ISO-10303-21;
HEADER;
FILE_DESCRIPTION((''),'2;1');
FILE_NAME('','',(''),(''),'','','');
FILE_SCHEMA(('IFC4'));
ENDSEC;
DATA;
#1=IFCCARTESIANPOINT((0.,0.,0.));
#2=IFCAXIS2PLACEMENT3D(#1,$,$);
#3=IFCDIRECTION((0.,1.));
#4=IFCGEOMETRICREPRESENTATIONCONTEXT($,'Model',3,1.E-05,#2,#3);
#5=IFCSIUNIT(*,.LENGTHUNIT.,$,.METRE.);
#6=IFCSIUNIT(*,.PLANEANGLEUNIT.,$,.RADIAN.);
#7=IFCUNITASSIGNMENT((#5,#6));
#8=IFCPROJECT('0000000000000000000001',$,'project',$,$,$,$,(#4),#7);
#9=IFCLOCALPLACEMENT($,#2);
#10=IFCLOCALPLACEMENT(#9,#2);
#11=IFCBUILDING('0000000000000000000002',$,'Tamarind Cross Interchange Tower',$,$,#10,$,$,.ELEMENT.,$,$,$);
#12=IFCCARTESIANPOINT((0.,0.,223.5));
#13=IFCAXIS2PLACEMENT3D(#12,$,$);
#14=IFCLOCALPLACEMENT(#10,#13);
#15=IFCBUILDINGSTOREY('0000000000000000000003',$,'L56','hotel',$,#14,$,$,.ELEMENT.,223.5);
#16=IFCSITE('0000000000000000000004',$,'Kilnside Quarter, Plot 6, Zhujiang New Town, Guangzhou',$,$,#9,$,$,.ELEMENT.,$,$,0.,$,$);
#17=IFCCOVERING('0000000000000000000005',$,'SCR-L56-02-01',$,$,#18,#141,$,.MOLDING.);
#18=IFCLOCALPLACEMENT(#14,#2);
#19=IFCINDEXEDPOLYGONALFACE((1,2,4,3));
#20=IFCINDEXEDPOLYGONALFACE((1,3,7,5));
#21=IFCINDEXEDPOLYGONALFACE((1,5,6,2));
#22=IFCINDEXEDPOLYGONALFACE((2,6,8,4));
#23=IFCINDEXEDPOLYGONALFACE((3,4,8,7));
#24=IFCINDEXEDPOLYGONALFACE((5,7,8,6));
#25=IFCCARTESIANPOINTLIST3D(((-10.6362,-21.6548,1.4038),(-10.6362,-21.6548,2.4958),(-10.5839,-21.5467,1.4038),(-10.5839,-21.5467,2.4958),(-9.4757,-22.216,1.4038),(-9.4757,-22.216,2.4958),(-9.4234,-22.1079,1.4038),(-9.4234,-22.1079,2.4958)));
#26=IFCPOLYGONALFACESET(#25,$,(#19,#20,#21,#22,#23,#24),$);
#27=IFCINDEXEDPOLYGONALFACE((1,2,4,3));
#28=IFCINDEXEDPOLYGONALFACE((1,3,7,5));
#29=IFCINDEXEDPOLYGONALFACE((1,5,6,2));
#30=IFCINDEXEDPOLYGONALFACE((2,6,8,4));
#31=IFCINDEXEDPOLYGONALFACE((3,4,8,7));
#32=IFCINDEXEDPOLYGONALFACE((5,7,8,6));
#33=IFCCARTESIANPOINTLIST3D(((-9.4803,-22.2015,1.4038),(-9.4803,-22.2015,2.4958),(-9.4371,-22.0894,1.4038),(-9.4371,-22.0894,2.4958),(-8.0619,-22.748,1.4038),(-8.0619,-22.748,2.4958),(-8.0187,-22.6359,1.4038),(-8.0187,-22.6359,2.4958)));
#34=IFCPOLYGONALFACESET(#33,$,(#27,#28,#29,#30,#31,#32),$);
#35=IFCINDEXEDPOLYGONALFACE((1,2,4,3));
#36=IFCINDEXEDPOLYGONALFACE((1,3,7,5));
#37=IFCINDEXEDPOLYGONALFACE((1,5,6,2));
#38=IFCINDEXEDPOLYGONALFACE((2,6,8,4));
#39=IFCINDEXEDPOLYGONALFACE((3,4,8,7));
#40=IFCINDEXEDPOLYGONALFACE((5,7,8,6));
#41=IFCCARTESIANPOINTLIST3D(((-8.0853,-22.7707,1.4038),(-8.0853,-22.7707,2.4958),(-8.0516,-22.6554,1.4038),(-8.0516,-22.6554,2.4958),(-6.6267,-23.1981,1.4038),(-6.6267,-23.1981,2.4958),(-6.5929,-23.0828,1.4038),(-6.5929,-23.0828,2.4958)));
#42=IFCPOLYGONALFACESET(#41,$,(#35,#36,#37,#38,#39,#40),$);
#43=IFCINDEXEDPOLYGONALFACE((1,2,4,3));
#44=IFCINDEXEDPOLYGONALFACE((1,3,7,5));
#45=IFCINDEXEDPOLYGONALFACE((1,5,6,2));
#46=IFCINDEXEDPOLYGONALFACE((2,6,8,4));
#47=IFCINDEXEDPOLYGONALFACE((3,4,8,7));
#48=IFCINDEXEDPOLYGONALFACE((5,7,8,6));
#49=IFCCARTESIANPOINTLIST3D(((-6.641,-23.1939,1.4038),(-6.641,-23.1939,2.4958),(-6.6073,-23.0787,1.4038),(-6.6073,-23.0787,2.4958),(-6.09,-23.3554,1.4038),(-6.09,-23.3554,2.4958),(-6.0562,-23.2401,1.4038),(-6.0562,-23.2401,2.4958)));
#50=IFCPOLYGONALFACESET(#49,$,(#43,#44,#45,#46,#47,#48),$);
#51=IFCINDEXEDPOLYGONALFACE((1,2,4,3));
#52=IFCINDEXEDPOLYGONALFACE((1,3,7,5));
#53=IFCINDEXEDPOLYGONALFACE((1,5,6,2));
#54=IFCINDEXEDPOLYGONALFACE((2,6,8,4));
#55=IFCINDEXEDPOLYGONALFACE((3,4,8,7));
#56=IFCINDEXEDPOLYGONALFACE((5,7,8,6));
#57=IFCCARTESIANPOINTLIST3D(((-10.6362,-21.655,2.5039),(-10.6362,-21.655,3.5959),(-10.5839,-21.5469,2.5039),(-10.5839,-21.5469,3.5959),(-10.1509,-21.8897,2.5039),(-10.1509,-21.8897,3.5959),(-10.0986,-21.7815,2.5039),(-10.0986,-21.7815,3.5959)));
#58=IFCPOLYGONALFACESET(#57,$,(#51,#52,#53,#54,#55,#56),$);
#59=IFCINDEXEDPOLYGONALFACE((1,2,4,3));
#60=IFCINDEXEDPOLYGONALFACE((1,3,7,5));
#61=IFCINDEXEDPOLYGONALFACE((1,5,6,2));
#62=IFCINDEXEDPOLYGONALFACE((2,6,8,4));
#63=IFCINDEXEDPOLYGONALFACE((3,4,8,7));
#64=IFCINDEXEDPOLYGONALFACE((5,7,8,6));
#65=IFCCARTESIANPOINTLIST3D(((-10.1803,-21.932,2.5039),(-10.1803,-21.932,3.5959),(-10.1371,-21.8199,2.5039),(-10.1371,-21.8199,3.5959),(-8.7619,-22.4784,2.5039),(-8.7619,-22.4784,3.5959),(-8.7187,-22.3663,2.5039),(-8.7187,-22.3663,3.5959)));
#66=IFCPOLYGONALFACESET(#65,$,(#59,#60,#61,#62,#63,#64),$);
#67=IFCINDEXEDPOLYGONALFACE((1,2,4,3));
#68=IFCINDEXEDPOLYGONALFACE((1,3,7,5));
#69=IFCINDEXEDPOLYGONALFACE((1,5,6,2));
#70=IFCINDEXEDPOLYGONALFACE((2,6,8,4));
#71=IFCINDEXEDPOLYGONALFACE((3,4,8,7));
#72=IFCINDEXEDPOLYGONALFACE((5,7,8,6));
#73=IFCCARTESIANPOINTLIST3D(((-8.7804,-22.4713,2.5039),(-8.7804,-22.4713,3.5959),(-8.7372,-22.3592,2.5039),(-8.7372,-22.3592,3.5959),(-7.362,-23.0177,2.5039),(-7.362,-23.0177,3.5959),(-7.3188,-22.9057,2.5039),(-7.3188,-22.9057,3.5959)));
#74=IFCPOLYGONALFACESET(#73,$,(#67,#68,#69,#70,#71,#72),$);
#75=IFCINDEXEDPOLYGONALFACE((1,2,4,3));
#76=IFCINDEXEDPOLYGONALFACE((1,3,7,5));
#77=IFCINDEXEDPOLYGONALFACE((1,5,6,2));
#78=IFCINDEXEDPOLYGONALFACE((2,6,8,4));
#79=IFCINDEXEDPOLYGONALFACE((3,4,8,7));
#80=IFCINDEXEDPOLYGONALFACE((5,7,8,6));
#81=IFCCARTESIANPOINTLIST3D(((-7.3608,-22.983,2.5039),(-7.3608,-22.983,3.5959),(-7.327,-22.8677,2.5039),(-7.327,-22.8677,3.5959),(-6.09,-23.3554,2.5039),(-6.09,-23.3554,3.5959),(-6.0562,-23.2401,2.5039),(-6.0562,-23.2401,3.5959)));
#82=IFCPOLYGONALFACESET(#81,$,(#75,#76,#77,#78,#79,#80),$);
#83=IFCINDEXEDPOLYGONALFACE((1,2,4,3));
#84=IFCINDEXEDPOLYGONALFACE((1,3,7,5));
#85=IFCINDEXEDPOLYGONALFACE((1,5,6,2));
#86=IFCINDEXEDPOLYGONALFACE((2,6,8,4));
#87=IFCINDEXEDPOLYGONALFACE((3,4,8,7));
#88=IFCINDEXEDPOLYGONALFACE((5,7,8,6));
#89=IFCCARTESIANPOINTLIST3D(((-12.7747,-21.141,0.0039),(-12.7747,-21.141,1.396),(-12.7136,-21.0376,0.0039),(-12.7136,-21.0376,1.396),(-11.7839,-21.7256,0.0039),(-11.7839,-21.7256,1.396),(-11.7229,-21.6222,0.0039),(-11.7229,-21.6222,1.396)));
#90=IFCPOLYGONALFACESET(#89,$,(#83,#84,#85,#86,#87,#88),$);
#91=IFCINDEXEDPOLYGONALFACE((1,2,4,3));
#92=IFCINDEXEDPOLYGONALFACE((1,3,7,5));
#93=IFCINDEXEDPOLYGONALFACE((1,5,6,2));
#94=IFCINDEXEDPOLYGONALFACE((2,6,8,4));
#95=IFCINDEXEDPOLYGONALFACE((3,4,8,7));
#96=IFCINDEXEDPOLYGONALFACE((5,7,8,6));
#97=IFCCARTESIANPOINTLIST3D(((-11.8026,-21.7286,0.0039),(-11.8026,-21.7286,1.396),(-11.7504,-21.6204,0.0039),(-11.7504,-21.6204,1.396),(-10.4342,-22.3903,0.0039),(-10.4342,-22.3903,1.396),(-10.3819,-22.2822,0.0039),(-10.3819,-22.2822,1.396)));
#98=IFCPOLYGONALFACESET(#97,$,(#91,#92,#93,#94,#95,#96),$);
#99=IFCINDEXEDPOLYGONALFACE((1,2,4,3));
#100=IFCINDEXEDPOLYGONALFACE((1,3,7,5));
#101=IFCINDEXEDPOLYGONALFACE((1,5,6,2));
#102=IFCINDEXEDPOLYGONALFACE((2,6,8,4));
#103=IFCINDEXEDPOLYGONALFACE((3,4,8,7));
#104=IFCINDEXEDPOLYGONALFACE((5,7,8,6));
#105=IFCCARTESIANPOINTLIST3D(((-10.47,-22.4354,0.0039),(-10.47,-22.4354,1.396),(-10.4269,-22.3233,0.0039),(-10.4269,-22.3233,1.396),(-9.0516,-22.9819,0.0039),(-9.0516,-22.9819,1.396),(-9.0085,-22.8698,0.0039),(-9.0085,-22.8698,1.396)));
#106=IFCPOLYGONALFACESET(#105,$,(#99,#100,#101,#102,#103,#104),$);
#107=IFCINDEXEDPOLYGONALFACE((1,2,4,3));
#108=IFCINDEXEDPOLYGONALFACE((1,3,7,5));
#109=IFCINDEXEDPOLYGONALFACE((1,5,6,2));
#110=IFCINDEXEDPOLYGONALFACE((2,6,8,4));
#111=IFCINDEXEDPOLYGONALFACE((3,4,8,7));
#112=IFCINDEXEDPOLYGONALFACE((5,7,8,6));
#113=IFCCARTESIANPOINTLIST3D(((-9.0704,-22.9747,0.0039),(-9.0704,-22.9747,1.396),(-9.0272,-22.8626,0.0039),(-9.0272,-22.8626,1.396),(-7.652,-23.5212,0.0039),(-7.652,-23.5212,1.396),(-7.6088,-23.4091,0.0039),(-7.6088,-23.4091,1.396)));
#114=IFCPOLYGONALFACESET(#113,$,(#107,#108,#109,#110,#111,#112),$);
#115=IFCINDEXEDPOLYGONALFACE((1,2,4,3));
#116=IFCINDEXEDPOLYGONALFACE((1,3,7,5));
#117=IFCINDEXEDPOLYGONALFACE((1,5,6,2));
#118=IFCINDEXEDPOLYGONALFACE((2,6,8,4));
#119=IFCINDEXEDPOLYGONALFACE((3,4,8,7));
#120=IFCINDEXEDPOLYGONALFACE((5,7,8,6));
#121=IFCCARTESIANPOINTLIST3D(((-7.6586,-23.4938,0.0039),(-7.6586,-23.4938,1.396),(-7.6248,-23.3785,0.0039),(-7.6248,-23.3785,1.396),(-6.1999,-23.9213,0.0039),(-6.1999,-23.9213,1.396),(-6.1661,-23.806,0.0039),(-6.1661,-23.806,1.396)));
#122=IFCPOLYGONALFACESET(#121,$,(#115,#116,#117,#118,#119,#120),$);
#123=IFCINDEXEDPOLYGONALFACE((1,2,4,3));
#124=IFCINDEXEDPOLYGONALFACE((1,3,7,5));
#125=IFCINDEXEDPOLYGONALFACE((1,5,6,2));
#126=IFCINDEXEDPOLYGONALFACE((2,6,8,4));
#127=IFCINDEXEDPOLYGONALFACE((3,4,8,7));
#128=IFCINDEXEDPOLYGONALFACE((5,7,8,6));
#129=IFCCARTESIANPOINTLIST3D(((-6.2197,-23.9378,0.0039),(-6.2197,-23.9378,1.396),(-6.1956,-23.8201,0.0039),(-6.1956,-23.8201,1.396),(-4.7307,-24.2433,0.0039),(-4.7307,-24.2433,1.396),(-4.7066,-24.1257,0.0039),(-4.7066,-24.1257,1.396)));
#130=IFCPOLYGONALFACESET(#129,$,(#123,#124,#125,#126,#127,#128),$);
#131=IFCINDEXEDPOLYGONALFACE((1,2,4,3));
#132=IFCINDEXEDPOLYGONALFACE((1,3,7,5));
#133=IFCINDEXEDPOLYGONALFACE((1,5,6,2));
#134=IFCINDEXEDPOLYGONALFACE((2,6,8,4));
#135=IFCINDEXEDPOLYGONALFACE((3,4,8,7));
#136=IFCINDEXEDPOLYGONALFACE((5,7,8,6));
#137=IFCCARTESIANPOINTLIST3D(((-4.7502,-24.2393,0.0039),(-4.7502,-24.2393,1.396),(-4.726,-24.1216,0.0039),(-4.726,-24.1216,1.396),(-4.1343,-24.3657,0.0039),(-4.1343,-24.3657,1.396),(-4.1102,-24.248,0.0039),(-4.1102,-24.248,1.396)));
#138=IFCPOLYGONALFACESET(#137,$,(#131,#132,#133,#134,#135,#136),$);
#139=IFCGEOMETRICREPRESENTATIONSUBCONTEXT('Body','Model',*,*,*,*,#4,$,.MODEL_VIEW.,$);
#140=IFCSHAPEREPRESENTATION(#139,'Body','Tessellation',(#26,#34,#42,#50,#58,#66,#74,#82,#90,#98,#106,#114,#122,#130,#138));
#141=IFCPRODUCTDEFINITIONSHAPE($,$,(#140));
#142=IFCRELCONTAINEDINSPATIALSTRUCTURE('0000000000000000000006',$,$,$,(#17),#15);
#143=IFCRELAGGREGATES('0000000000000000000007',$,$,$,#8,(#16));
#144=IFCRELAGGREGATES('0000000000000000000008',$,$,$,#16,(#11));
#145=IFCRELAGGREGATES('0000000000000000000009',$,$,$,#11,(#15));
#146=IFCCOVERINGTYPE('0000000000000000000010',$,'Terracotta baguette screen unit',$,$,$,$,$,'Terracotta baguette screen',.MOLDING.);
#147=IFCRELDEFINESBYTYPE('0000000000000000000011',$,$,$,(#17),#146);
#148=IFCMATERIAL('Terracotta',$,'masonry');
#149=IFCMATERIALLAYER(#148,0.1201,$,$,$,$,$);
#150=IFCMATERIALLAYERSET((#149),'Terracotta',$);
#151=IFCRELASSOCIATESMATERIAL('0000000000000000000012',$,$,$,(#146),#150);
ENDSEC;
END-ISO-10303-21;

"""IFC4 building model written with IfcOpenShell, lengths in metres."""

from ifc_helpers import new_model, si_unit, direction, frame, origin, origin_2d, place, context, subcontext, project, spatial, rectangle, extrude, material, layer, layer_set, type_object, element, save


model = new_model("IFC4")

# Units and contexts
model_context = context("Model", 3, precision=1e-05, world=origin(), true_north=direction((0.0, 1.0)))
body_context = subcontext(model_context, "Body", "Model", "MODEL_VIEW")
ifc_project = project(units=[si_unit("LENGTHUNIT", "METRE"), si_unit("PLANEANGLEUNIT", "RADIAN")], contexts=[model_context])

# Site, building, storey
site_placement = place(None, origin())
site = spatial("IfcSite", under=ifc_project, at=site_placement, Name="Kilnside Quarter, Plot 6, Zhujiang New Town, Guangzhou", CompositionType="ELEMENT", RefElevation=0.0)
building_placement = place(site_placement, origin())
building = spatial("IfcBuilding", under=site, at=building_placement, Name="Tamarind Cross Interchange Tower", CompositionType="ELEMENT")
storey_placement = place(building_placement, frame((0.0, 0.0, 223.5)))
storey = spatial("IfcBuildingStorey", under=building, at=storey_placement, Name="L56", Description="hotel", CompositionType="ELEMENT", Elevation=223.5)

# Covering
ifc_material_1 = material(Name="Terracotta", Category="masonry")
ifc_layer_1 = layer(ifc_material_1, 0.1201)
ifc_layer_set_1 = layer_set([ifc_layer_1], Name="Terracotta")
covering_type = type_object("IfcCoveringType", Name="Terracotta baguette screen unit", ElementType="Terracotta baguette screen", PredefinedType="MOLDING", material=ifc_layer_set_1)
covering_1_placement = place(storey_placement, origin())
element("IfcCovering", 1, at=covering_1_placement, inside=storey, type_object=covering_type, Name="SCR-L56-02-01", PredefinedType="MOLDING", context=body_context, shape_type="SweptSolid", body=[
    extrude(rectangle(XDim=1.2891, YDim=0.1201, at=origin_2d()), frame((-10.0298, -21.8813, 1.4038), z_axis=(0.0, 0.0, 1.0), x_axis=(0.900273, -0.435326, 0.0)), (0.0, 0.0, 1.0), 1.092),
    extrude(rectangle(XDim=1.52, YDim=0.1201, at=origin_2d()), frame((-8.7495, -22.4187, 1.4038), z_axis=(0.0, 0.0, 1.0), x_axis=(0.933147, -0.359495, 0.0)), (0.0, 0.0, 1.0), 1.092),
    extrude(rectangle(XDim=1.52, YDim=0.1201, at=origin_2d()), frame((-7.3391, -22.9268, 1.4038), z_axis=(0.0, 0.0, 1.0), x_axis=(0.959647, -0.281209, 0.0)), (0.0, 0.0, 1.0), 1.092),
    extrude(rectangle(XDim=0.5742, YDim=0.1201, at=origin_2d()), frame((-6.3486, -23.217, 1.4038), z_axis=(0.0, 0.0, 1.0), x_axis=(0.959647, -0.281209, 0.0)), (0.0, 0.0, 1.0), 1.092),
    extrude(rectangle(XDim=0.5391, YDim=0.1201, at=origin_2d()), frame((-10.3674, -21.7183, 2.5039), z_axis=(0.0, 0.0, 1.0), x_axis=(0.900273, -0.435326, 0.0)), (0.0, 0.0, 1.0), 1.092),
    extrude(rectangle(XDim=1.52, YDim=0.1201, at=origin_2d()), frame((-9.4495, -22.1492, 2.5039), z_axis=(0.0, 0.0, 1.0), x_axis=(0.933147, -0.359495, 0.0)), (0.0, 0.0, 1.0), 1.092),
    extrude(rectangle(XDim=1.52, YDim=0.1201, at=origin_2d()), frame((-8.0496, -22.6885, 2.5039), z_axis=(0.0, 0.0, 1.0), x_axis=(0.933147, -0.359495, 0.0)), (0.0, 0.0, 1.0), 1.092),
    extrude(rectangle(XDim=1.3242, YDim=0.1201, at=origin_2d()), frame((-6.7085, -23.1116, 2.5039), z_axis=(0.0, 0.0, 1.0), x_axis=(0.959647, -0.281209, 0.0)), (0.0, 0.0, 1.0), 1.092),
    extrude(rectangle(XDim=1.1504, YDim=0.1201, at=origin_2d()), frame((-12.2488, -21.3816, 0.0039), z_axis=(0.0, 0.0, 1.0), x_axis=(0.861249, -0.508183, 0.0)), (0.0, 0.0, 1.0), 1.3921),
    extrude(rectangle(XDim=1.52, YDim=0.1201, at=origin_2d()), frame((-11.0923, -22.0054, 0.0039), z_axis=(0.0, 0.0, 1.0), x_axis=(0.900273, -0.435326, 0.0)), (0.0, 0.0, 1.0), 1.3921),
    extrude(rectangle(XDim=1.52, YDim=0.1201, at=origin_2d()), frame((-9.7393, -22.6526, 0.0039), z_axis=(0.0, 0.0, 1.0), x_axis=(0.933147, -0.359495, 0.0)), (0.0, 0.0, 1.0), 1.3921),
    extrude(rectangle(XDim=1.52, YDim=0.1201, at=origin_2d()), frame((-8.3396, -23.1919, 0.0039), z_axis=(0.0, 0.0, 1.0), x_axis=(0.933147, -0.359495, 0.0)), (0.0, 0.0, 1.0), 1.3921),
    extrude(rectangle(XDim=1.52, YDim=0.1201, at=origin_2d()), frame((-6.9124, -23.6499, 0.0039), z_axis=(0.0, 0.0, 1.0), x_axis=(0.959647, -0.281209, 0.0)), (0.0, 0.0, 1.0), 1.3921),
    extrude(rectangle(XDim=1.52, YDim=0.1201, at=origin_2d()), frame((-5.4631, -24.0317, 0.0039), z_axis=(0.0, 0.0, 1.0), x_axis=(0.979591, -0.201001, 0.0)), (0.0, 0.0, 1.0), 1.3921),
    extrude(rectangle(XDim=0.6287, YDim=0.1201, at=origin_2d()), frame((-4.4302, -24.2437, 0.0039), z_axis=(0.0, 0.0, 1.0), x_axis=(0.979591, -0.201001, 0.0)), (0.0, 0.0, 1.0), 1.3921),
])

save(model, "model.ifc")
